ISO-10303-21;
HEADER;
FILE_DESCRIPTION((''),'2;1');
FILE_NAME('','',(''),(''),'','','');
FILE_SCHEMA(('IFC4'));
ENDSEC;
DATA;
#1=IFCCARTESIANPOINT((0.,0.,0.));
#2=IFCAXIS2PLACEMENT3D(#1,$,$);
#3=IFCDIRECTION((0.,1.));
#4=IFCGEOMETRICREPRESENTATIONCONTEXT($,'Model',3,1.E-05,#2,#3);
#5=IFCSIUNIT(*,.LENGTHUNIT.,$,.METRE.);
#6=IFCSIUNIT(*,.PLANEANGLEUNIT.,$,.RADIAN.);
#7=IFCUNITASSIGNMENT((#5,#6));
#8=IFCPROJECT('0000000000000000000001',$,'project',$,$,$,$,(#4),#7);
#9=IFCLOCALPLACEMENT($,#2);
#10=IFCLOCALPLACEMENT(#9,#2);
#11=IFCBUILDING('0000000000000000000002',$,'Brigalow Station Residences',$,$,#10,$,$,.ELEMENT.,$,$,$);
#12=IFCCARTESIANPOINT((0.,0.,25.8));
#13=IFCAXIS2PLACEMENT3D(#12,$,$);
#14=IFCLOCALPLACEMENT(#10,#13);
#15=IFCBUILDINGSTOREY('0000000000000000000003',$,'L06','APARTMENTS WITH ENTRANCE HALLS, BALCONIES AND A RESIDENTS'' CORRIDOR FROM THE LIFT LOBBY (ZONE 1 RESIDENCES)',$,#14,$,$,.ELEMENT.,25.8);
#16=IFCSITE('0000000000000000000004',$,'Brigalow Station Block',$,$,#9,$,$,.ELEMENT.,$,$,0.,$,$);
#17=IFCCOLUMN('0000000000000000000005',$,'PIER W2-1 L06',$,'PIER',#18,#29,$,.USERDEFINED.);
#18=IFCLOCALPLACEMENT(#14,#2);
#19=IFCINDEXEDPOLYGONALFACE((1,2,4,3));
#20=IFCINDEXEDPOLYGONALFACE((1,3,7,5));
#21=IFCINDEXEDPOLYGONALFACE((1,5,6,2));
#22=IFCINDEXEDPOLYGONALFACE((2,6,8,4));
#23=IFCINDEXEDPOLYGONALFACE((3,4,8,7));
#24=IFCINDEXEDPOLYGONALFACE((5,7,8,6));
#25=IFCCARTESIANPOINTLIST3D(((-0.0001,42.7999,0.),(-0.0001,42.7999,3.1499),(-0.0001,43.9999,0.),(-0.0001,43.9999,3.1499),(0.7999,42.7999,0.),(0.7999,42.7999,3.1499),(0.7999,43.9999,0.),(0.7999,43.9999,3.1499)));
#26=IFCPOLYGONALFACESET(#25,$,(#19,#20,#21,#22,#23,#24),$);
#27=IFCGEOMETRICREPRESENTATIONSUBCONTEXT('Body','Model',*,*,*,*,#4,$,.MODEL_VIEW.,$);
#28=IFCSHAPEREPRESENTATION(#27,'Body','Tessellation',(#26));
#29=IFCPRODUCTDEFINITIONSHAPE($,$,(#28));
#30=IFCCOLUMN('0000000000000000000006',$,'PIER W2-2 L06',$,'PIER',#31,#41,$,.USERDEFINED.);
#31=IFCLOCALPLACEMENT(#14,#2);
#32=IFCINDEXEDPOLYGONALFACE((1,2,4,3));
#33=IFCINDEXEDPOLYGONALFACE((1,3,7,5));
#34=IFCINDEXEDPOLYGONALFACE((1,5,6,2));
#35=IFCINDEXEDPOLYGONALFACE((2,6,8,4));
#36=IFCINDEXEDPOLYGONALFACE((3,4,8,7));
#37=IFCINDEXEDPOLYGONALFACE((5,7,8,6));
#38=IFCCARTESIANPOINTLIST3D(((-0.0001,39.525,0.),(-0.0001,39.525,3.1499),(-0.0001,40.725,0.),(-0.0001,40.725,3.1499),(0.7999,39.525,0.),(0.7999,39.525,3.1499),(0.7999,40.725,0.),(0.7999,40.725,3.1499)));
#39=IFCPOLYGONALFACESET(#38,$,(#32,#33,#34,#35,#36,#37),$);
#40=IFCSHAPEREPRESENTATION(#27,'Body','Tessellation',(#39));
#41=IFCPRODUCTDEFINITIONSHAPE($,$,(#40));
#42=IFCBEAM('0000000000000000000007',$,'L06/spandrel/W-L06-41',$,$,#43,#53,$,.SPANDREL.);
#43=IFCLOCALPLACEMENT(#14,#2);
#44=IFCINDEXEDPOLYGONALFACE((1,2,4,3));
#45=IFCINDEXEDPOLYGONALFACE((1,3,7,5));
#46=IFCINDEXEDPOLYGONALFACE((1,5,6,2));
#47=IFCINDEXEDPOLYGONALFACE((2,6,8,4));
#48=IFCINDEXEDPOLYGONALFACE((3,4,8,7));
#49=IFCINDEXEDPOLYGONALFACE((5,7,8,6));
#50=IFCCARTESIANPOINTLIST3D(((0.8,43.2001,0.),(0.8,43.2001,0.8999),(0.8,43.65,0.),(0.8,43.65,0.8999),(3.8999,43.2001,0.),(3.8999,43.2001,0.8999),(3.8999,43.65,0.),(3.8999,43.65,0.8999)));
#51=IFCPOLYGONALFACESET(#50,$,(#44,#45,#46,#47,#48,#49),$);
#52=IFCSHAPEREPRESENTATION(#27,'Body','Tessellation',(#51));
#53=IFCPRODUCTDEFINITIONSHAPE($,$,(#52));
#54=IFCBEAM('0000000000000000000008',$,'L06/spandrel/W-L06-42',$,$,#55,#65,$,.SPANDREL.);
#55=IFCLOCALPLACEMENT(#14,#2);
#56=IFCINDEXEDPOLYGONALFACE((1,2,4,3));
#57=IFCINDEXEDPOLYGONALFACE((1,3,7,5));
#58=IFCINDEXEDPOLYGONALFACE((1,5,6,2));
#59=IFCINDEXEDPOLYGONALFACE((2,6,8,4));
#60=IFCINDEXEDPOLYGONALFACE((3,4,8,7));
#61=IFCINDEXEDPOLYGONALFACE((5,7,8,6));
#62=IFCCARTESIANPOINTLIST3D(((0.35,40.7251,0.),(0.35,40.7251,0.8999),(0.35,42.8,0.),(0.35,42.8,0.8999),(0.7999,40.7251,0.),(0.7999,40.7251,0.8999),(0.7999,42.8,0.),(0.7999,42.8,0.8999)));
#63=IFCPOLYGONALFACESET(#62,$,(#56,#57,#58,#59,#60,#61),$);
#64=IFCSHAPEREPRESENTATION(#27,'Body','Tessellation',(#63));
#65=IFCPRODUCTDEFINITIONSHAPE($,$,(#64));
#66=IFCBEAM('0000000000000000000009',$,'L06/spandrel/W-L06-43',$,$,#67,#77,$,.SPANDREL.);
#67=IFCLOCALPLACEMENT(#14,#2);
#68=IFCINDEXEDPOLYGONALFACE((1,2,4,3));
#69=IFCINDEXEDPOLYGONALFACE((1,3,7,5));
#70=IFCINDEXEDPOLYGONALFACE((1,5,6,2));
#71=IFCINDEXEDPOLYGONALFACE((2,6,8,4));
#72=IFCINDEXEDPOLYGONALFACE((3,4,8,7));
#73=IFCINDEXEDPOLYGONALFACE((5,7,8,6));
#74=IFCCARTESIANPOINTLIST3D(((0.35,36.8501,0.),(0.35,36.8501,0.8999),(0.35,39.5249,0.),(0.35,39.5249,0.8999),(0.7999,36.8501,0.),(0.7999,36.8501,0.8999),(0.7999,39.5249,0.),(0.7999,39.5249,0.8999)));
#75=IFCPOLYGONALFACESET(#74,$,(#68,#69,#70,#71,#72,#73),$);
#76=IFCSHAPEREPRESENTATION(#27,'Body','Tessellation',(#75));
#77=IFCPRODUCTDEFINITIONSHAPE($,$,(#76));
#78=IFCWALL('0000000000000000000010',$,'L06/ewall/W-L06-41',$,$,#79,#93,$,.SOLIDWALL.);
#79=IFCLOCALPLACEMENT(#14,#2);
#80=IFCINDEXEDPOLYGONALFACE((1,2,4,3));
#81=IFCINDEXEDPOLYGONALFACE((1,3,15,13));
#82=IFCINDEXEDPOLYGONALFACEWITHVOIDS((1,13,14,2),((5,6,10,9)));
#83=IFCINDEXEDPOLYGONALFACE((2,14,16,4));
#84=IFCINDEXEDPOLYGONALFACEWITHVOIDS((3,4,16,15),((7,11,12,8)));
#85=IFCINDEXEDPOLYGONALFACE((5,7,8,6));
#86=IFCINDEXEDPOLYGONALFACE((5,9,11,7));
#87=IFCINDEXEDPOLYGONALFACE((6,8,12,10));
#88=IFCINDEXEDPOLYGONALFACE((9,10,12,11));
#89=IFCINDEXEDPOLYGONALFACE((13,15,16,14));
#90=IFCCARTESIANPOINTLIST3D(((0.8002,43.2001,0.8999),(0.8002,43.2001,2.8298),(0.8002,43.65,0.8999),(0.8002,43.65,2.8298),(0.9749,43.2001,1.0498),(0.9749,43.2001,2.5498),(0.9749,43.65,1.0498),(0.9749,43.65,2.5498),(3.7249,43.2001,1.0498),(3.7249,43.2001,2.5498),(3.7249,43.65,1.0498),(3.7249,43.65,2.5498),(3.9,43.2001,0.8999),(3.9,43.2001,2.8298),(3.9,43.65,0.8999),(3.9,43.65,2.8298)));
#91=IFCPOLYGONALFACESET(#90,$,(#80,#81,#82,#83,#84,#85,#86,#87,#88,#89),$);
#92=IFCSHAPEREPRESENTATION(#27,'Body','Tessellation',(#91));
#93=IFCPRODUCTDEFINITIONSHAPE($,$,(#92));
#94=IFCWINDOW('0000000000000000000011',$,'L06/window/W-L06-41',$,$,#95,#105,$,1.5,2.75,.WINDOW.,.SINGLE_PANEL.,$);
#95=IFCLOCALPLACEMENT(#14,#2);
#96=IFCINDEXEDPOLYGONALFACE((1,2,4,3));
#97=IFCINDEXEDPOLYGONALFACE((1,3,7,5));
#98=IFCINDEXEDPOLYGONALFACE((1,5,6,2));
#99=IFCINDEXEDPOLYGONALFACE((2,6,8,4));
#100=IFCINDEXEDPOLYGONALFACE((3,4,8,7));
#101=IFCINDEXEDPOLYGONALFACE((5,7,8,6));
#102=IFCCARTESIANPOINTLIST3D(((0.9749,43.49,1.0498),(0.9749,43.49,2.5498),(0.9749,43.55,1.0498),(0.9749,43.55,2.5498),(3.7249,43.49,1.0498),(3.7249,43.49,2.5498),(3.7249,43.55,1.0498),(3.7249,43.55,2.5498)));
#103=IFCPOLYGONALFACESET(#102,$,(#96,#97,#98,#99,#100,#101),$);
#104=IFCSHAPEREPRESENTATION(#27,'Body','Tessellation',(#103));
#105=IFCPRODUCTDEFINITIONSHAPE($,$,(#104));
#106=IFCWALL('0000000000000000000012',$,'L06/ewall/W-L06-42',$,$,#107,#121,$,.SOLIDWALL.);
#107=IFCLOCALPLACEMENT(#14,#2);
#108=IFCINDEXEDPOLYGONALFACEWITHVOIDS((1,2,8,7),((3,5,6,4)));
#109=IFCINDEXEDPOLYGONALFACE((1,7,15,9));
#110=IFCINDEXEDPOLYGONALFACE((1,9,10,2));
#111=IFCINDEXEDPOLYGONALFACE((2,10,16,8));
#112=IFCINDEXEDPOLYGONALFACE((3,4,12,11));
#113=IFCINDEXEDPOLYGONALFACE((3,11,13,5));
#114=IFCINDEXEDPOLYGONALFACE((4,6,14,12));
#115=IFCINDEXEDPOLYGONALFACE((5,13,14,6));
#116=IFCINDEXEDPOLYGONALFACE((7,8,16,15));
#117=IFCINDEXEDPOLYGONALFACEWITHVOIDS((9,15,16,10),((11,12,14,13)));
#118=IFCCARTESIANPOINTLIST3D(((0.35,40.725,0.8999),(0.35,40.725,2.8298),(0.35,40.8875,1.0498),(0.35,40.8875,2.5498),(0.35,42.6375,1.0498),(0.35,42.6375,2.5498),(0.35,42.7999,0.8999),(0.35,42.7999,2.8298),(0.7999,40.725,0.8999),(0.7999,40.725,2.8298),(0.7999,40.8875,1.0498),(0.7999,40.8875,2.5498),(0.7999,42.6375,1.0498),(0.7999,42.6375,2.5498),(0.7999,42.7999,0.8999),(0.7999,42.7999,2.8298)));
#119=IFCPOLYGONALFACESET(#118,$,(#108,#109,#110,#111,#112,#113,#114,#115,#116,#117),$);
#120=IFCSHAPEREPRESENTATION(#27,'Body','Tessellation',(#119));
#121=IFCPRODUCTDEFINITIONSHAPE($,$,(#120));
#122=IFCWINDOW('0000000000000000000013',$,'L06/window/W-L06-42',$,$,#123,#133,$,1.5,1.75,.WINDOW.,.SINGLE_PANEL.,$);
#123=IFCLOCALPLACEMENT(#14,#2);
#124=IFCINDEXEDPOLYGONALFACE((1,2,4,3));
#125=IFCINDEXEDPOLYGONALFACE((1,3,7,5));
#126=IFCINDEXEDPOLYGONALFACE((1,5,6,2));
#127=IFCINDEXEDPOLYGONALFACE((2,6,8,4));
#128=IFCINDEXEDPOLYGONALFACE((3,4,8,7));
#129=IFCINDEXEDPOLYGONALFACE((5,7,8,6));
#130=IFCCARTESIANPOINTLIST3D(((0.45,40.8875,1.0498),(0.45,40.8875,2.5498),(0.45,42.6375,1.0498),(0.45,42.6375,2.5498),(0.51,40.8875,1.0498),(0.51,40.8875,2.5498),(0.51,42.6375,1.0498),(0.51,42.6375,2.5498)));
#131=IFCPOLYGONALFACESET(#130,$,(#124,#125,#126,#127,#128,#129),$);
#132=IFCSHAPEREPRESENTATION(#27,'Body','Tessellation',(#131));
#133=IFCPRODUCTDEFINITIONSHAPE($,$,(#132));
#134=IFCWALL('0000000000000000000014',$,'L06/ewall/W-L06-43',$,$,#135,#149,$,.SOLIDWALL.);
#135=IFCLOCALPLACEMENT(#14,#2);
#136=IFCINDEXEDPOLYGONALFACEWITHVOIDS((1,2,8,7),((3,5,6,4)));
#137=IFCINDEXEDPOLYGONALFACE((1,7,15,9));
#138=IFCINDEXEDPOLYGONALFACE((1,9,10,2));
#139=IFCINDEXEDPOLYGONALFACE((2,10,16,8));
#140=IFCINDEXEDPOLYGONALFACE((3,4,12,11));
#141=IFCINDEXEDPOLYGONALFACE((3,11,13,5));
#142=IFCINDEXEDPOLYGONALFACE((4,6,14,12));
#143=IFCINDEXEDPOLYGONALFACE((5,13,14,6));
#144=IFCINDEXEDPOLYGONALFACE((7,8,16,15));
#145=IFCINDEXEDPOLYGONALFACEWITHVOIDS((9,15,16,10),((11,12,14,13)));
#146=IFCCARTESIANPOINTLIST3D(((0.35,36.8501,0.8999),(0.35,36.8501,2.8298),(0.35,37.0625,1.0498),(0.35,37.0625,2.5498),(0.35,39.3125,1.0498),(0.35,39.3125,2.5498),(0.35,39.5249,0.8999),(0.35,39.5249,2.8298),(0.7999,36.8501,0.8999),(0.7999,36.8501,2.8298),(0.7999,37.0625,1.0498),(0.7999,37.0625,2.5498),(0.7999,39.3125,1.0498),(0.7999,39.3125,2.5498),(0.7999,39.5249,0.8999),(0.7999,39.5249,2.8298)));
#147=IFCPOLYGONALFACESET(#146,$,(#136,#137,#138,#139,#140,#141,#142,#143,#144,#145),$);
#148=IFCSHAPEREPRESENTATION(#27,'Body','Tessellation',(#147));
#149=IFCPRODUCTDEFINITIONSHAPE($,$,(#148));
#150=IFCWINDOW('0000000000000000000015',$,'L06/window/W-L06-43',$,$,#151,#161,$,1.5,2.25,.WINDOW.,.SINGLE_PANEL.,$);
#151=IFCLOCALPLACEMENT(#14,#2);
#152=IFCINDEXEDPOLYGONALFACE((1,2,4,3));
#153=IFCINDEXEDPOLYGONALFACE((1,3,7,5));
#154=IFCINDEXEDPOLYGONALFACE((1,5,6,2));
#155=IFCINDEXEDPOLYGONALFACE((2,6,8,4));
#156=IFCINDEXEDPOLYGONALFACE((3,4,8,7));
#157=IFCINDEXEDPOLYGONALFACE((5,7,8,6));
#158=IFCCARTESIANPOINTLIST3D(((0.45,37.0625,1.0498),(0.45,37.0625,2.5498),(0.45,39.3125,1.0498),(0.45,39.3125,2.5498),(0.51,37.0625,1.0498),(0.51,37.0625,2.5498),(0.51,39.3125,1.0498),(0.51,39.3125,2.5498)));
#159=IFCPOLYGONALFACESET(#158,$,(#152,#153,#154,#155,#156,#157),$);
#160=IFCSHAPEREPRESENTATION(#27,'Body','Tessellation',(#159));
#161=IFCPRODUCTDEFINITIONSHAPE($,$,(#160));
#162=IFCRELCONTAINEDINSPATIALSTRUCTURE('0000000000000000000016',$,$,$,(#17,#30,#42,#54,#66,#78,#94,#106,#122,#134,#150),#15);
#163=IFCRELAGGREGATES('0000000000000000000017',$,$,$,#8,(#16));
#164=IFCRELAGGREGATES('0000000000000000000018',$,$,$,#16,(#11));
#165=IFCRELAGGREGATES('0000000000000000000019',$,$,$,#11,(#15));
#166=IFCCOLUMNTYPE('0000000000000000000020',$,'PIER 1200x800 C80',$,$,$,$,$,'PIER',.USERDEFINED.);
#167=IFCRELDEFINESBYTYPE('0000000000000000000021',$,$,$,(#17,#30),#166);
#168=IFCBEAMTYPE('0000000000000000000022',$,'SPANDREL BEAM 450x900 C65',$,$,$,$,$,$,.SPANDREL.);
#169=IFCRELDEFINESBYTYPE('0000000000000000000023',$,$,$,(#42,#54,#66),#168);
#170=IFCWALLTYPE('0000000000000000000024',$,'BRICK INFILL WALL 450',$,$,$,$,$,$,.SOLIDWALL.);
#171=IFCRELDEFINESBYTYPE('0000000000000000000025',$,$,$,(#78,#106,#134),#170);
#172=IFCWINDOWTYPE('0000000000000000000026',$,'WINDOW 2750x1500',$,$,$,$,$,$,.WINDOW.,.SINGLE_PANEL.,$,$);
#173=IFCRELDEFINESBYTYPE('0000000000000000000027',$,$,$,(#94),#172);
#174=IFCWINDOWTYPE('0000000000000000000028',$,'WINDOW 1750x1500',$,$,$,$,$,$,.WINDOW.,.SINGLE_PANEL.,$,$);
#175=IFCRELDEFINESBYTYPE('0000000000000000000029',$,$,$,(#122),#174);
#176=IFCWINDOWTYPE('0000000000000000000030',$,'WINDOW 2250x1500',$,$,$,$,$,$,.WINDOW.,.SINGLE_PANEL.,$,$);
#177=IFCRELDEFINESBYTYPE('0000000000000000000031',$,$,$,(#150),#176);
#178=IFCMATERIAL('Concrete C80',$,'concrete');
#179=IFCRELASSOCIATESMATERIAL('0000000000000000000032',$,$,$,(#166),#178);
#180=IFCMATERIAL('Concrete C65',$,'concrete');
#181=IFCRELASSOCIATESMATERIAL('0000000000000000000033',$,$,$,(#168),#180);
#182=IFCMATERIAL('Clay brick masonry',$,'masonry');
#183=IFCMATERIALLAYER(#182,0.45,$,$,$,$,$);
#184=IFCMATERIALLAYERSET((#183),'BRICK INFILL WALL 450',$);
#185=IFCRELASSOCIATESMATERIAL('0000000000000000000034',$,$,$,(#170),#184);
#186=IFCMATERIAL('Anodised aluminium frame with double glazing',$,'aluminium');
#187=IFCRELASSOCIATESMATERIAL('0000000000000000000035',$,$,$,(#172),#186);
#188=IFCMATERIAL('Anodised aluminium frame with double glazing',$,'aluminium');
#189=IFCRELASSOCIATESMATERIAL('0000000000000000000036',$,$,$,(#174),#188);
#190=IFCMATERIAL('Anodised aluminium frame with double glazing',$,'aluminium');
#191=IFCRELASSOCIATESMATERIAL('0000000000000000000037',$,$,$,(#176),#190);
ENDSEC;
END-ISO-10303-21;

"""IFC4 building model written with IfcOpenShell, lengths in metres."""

from ifc_helpers import new_model, si_unit, direction, frame, frame_2d, origin, origin_2d, place, context, subcontext, project, spatial, rectangle, extrude, material, layer, layer_set, material_profile, profile_set, type_object, element, fill, save


model = new_model("IFC4")

# Units and contexts
model_context = context("Model", 3, precision=1e-05, world=origin(), true_north=direction((0.0, 1.0)))
body_context = subcontext(model_context, "Body", "Model", "MODEL_VIEW")
ifc_project = project(units=[si_unit("LENGTHUNIT", "METRE"), si_unit("PLANEANGLEUNIT", "RADIAN")], contexts=[model_context])

# Site, building, storey
site_placement = place(None, origin())
site = spatial("IfcSite", under=ifc_project, at=site_placement, Name="Brigalow Station Block", CompositionType="ELEMENT", RefElevation=0.0)
building_placement = place(site_placement, origin())
building = spatial("IfcBuilding", under=site, at=building_placement, Name="Brigalow Station Residences", CompositionType="ELEMENT")
storey_placement = place(building_placement, frame((0.0, 0.0, 25.8)))
storey = spatial("IfcBuildingStorey", under=building, at=storey_placement, Name="L06", Description="APARTMENTS WITH ENTRANCE HALLS, BALCONIES AND A RESIDENTS' CORRIDOR FROM THE LIFT LOBBY (ZONE 1 RESIDENCES)", CompositionType="ELEMENT", Elevation=25.8)

# Columns
ifc_material_1 = material(Name="Concrete C80", Category="concrete")
ifc_material_profile_1 = material_profile(ifc_material_1, rectangle(XDim=1.2, YDim=0.8, at=origin_2d()), Name="RC1200x800")
ifc_profile_set_1 = profile_set([ifc_material_profile_1], Name="Concrete C80")
column_type = type_object("IfcColumnType", Name="PIER 1200x800 C80", ElementType="PIER", PredefinedType="USERDEFINED", material=ifc_profile_set_1)
for number, where, z_axis, x_axis, name in (
    (1, (0.3999, 43.3999, 0.0), (0.0, 0.0, 1.0), (0.0, -1.0, 0.0), "PIER W2-1 L06"),
    (2, (0.3999, 40.125, 0.0), (0.0, 0.0, 1.0), (0.0, -1.0, 0.0), "PIER W2-2 L06"),
):
    element("IfcColumn", number, at=place(storey_placement, frame(where, z_axis=z_axis, x_axis=x_axis)), inside=storey, type_object=column_type, Name=name, ObjectType="PIER", PredefinedType="USERDEFINED", context=body_context, shape_type="SweptSolid", body=[
        extrude(rectangle(XDim=1.2, YDim=0.8, at=origin_2d()), origin(), (0.0, 0.0, 1.0), 3.1499),
    ])

# Beams
ifc_material_2 = material(Name="Concrete C65", Category="concrete")
ifc_material_profile_2 = material_profile(ifc_material_2, rectangle(XDim=0.45, YDim=0.8999, at=origin_2d()), Name="RC450x900")
ifc_profile_set_2 = profile_set([ifc_material_profile_2], Name="Concrete C65")
beam_type = type_object("IfcBeamType", Name="SPANDREL BEAM 450x900 C65", PredefinedType="SPANDREL", material=ifc_profile_set_2)
beam_1_placement = place(storey_placement, frame((3.8999, 43.425, 0.45), z_axis=(-1.0, 0.0, 0.0), x_axis=(0.0, -1.0, 0.0)))
element("IfcBeam", 3, at=beam_1_placement, inside=storey, type_object=beam_type, Name="L06/spandrel/W-L06-41", PredefinedType="SPANDREL", context=body_context, shape_type="SweptSolid", body=[
    extrude(rectangle(XDim=0.45, YDim=0.8999, at=origin_2d()), origin(), (0.0, 0.0, 1.0), 3.0999),
])
beam_2_placement = place(storey_placement, frame((0.575, 42.8, 0.45), z_axis=(0.0, -1.0, 0.0), x_axis=(1.0, 0.0, 0.0)))
element("IfcBeam", 4, at=beam_2_placement, inside=storey, type_object=beam_type, Name="L06/spandrel/W-L06-42", PredefinedType="SPANDREL", context=body_context, shape_type="SweptSolid", body=[
    extrude(rectangle(XDim=0.45, YDim=0.8999, at=origin_2d()), origin(), (0.0, 0.0, 1.0), 2.075),
])
beam_3_placement = place(storey_placement, frame((0.575, 39.5249, 0.45), z_axis=(0.0, -1.0, 0.0), x_axis=(1.0, 0.0, 0.0)))
element("IfcBeam", 5, at=beam_3_placement, inside=storey, type_object=beam_type, Name="L06/spandrel/W-L06-43", PredefinedType="SPANDREL", context=body_context, shape_type="SweptSolid", body=[
    extrude(rectangle(XDim=0.45, YDim=0.8999, at=origin_2d()), origin(), (0.0, 0.0, 1.0), 2.6748),
])

# Walls, openings, windows
ifc_material_3 = material(Name="Clay brick masonry", Category="masonry")
ifc_layer_1 = layer(ifc_material_3, 0.45)
ifc_layer_set_1 = layer_set([ifc_layer_1], Name="BRICK INFILL WALL 450")
wall_type_1 = type_object("IfcWallType", Name="BRICK INFILL WALL 450", PredefinedType="SOLIDWALL", material=ifc_layer_set_1)
wall_1_placement = place(storey_placement, frame((3.8999, 43.425, 0.8999), z_axis=(0.0, 0.0, 1.0), x_axis=(-1.0, 0.0, 0.0)))
wall_1 = element("IfcWall", 6, at=wall_1_placement, inside=storey, type_object=wall_type_1, Name="L06/ewall/W-L06-41", PredefinedType="SOLIDWALL", context=body_context, shape_type="SweptSolid", body=[
    extrude(rectangle(XDim=3.0999, YDim=0.45, at=frame_2d((1.5498, 0.0))), origin(), (0.0, 0.0, 1.0), 1.9299),
])
opening_1_placement = place(wall_1_placement, frame((0.175, 0.0, 0.1499)))
opening_1 = element("IfcOpeningElement", 7, at=opening_1_placement, cuts=wall_1, PredefinedType="OPENING", context=body_context, shape_type="SweptSolid", body=[
    extrude(rectangle(XDim=2.75, YDim=1.5, at=frame_2d((1.375, 0.75))), frame((0.0, 0.2349, 0.0), z_axis=(0.0, -1.0, 0.0), x_axis=(1.0, 0.0, 0.0)), (0.0, 0.0, 1.0), 0.47),
])
ifc_material_4 = material(Name="Anodised aluminium frame with double glazing", Category="aluminium")
window_type_1 = type_object("IfcWindowType", Name="WINDOW 2750x1500", PartitioningType="SINGLE_PANEL", PredefinedType="WINDOW", material=ifc_material_4)
window_1_placement = place(opening_1_placement, origin())
window_1 = element("IfcWindow", 8, at=window_1_placement, inside=storey, type_object=window_type_1, Name="L06/window/W-L06-41", OverallHeight=1.5, OverallWidth=2.75, PartitioningType="SINGLE_PANEL", PredefinedType="WINDOW", context=body_context, shape_type="SweptSolid", body=[
    extrude(rectangle(XDim=2.75, YDim=1.5, at=frame_2d((1.375, 0.75))), frame((0.0, -0.0649, 0.0), z_axis=(0.0, -1.0, 0.0), x_axis=(1.0, 0.0, 0.0)), (0.0, 0.0, 1.0), 0.0601),
])
fill(opening_1, window_1)
wall_2_placement = place(storey_placement, frame((0.575, 42.8, 0.8999), z_axis=(0.0, 0.0, 1.0), x_axis=(0.0, -1.0, 0.0)))
wall_2 = element("IfcWall", 9, at=wall_2_placement, inside=storey, type_object=wall_type_1, Name="L06/ewall/W-L06-42", PredefinedType="SOLIDWALL", context=body_context, shape_type="SweptSolid", body=[
    extrude(rectangle(XDim=2.075, YDim=0.45, at=frame_2d((1.0376, 0.0))), origin(), (0.0, 0.0, 1.0), 1.9299),
])
opening_2_placement = place(wall_2_placement, frame((0.1626, 0.0, 0.1499)))
opening_2 = element("IfcOpeningElement", 10, at=opening_2_placement, cuts=wall_2, PredefinedType="OPENING", context=body_context, shape_type="SweptSolid", body=[
    extrude(rectangle(XDim=1.75, YDim=1.5, at=frame_2d((0.875, 0.75))), frame((0.0, 0.2349, 0.0), z_axis=(0.0, -1.0, 0.0), x_axis=(1.0, 0.0, 0.0)), (0.0, 0.0, 1.0), 0.47),
])
ifc_material_5 = material(Name="Anodised aluminium frame with double glazing", Category="aluminium")
window_type_2 = type_object("IfcWindowType", Name="WINDOW 1750x1500", PartitioningType="SINGLE_PANEL", PredefinedType="WINDOW", material=ifc_material_5)
window_2_placement = place(opening_2_placement, origin())
window_2 = element("IfcWindow", 11, at=window_2_placement, inside=storey, type_object=window_type_2, Name="L06/window/W-L06-42", OverallHeight=1.5, OverallWidth=1.75, PartitioningType="SINGLE_PANEL", PredefinedType="WINDOW", context=body_context, shape_type="SweptSolid", body=[
    extrude(rectangle(XDim=1.75, YDim=1.5, at=frame_2d((0.875, 0.75))), frame((0.0, -0.0649, 0.0), z_axis=(0.0, -1.0, 0.0), x_axis=(1.0, 0.0, 0.0)), (0.0, 0.0, 1.0), 0.0601),
])
fill(opening_2, window_2)
wall_3_placement = place(storey_placement, frame((0.575, 39.5249, 0.8999), z_axis=(0.0, 0.0, 1.0), x_axis=(0.0, -1.0, 0.0)))
wall_3 = element("IfcWall", 12, at=wall_3_placement, inside=storey, type_object=wall_type_1, Name="L06/ewall/W-L06-43", PredefinedType="SOLIDWALL", context=body_context, shape_type="SweptSolid", body=[
    extrude(rectangle(XDim=2.6748, YDim=0.45, at=frame_2d((1.3374, 0.0))), origin(), (0.0, 0.0, 1.0), 1.9299),
])
opening_3_placement = place(wall_3_placement, frame((0.2124, 0.0, 0.1499)))
opening_3 = element("IfcOpeningElement", 13, at=opening_3_placement, cuts=wall_3, PredefinedType="OPENING", context=body_context, shape_type="SweptSolid", body=[
    extrude(rectangle(XDim=2.25, YDim=1.5, at=frame_2d((1.125, 0.75))), frame((0.0, 0.2349, 0.0), z_axis=(0.0, -1.0, 0.0), x_axis=(1.0, 0.0, 0.0)), (0.0, 0.0, 1.0), 0.47),
])
ifc_material_6 = material(Name="Anodised aluminium frame with double glazing", Category="aluminium")
window_type_3 = type_object("IfcWindowType", Name="WINDOW 2250x1500", PartitioningType="SINGLE_PANEL", PredefinedType="WINDOW", material=ifc_material_6)
window_3_placement = place(opening_3_placement, origin())
window_3 = element("IfcWindow", 14, at=window_3_placement, inside=storey, type_object=window_type_3, Name="L06/window/W-L06-43", OverallHeight=1.5, OverallWidth=2.25, PartitioningType="SINGLE_PANEL", PredefinedType="WINDOW", context=body_context, shape_type="SweptSolid", body=[
    extrude(rectangle(XDim=2.25, YDim=1.5, at=frame_2d((1.125, 0.75))), frame((0.0, -0.0649, 0.0), z_axis=(0.0, -1.0, 0.0), x_axis=(1.0, 0.0, 0.0)), (0.0, 0.0, 1.0), 0.0601),
])
fill(opening_3, window_3)

save(model, "model.ifc")
